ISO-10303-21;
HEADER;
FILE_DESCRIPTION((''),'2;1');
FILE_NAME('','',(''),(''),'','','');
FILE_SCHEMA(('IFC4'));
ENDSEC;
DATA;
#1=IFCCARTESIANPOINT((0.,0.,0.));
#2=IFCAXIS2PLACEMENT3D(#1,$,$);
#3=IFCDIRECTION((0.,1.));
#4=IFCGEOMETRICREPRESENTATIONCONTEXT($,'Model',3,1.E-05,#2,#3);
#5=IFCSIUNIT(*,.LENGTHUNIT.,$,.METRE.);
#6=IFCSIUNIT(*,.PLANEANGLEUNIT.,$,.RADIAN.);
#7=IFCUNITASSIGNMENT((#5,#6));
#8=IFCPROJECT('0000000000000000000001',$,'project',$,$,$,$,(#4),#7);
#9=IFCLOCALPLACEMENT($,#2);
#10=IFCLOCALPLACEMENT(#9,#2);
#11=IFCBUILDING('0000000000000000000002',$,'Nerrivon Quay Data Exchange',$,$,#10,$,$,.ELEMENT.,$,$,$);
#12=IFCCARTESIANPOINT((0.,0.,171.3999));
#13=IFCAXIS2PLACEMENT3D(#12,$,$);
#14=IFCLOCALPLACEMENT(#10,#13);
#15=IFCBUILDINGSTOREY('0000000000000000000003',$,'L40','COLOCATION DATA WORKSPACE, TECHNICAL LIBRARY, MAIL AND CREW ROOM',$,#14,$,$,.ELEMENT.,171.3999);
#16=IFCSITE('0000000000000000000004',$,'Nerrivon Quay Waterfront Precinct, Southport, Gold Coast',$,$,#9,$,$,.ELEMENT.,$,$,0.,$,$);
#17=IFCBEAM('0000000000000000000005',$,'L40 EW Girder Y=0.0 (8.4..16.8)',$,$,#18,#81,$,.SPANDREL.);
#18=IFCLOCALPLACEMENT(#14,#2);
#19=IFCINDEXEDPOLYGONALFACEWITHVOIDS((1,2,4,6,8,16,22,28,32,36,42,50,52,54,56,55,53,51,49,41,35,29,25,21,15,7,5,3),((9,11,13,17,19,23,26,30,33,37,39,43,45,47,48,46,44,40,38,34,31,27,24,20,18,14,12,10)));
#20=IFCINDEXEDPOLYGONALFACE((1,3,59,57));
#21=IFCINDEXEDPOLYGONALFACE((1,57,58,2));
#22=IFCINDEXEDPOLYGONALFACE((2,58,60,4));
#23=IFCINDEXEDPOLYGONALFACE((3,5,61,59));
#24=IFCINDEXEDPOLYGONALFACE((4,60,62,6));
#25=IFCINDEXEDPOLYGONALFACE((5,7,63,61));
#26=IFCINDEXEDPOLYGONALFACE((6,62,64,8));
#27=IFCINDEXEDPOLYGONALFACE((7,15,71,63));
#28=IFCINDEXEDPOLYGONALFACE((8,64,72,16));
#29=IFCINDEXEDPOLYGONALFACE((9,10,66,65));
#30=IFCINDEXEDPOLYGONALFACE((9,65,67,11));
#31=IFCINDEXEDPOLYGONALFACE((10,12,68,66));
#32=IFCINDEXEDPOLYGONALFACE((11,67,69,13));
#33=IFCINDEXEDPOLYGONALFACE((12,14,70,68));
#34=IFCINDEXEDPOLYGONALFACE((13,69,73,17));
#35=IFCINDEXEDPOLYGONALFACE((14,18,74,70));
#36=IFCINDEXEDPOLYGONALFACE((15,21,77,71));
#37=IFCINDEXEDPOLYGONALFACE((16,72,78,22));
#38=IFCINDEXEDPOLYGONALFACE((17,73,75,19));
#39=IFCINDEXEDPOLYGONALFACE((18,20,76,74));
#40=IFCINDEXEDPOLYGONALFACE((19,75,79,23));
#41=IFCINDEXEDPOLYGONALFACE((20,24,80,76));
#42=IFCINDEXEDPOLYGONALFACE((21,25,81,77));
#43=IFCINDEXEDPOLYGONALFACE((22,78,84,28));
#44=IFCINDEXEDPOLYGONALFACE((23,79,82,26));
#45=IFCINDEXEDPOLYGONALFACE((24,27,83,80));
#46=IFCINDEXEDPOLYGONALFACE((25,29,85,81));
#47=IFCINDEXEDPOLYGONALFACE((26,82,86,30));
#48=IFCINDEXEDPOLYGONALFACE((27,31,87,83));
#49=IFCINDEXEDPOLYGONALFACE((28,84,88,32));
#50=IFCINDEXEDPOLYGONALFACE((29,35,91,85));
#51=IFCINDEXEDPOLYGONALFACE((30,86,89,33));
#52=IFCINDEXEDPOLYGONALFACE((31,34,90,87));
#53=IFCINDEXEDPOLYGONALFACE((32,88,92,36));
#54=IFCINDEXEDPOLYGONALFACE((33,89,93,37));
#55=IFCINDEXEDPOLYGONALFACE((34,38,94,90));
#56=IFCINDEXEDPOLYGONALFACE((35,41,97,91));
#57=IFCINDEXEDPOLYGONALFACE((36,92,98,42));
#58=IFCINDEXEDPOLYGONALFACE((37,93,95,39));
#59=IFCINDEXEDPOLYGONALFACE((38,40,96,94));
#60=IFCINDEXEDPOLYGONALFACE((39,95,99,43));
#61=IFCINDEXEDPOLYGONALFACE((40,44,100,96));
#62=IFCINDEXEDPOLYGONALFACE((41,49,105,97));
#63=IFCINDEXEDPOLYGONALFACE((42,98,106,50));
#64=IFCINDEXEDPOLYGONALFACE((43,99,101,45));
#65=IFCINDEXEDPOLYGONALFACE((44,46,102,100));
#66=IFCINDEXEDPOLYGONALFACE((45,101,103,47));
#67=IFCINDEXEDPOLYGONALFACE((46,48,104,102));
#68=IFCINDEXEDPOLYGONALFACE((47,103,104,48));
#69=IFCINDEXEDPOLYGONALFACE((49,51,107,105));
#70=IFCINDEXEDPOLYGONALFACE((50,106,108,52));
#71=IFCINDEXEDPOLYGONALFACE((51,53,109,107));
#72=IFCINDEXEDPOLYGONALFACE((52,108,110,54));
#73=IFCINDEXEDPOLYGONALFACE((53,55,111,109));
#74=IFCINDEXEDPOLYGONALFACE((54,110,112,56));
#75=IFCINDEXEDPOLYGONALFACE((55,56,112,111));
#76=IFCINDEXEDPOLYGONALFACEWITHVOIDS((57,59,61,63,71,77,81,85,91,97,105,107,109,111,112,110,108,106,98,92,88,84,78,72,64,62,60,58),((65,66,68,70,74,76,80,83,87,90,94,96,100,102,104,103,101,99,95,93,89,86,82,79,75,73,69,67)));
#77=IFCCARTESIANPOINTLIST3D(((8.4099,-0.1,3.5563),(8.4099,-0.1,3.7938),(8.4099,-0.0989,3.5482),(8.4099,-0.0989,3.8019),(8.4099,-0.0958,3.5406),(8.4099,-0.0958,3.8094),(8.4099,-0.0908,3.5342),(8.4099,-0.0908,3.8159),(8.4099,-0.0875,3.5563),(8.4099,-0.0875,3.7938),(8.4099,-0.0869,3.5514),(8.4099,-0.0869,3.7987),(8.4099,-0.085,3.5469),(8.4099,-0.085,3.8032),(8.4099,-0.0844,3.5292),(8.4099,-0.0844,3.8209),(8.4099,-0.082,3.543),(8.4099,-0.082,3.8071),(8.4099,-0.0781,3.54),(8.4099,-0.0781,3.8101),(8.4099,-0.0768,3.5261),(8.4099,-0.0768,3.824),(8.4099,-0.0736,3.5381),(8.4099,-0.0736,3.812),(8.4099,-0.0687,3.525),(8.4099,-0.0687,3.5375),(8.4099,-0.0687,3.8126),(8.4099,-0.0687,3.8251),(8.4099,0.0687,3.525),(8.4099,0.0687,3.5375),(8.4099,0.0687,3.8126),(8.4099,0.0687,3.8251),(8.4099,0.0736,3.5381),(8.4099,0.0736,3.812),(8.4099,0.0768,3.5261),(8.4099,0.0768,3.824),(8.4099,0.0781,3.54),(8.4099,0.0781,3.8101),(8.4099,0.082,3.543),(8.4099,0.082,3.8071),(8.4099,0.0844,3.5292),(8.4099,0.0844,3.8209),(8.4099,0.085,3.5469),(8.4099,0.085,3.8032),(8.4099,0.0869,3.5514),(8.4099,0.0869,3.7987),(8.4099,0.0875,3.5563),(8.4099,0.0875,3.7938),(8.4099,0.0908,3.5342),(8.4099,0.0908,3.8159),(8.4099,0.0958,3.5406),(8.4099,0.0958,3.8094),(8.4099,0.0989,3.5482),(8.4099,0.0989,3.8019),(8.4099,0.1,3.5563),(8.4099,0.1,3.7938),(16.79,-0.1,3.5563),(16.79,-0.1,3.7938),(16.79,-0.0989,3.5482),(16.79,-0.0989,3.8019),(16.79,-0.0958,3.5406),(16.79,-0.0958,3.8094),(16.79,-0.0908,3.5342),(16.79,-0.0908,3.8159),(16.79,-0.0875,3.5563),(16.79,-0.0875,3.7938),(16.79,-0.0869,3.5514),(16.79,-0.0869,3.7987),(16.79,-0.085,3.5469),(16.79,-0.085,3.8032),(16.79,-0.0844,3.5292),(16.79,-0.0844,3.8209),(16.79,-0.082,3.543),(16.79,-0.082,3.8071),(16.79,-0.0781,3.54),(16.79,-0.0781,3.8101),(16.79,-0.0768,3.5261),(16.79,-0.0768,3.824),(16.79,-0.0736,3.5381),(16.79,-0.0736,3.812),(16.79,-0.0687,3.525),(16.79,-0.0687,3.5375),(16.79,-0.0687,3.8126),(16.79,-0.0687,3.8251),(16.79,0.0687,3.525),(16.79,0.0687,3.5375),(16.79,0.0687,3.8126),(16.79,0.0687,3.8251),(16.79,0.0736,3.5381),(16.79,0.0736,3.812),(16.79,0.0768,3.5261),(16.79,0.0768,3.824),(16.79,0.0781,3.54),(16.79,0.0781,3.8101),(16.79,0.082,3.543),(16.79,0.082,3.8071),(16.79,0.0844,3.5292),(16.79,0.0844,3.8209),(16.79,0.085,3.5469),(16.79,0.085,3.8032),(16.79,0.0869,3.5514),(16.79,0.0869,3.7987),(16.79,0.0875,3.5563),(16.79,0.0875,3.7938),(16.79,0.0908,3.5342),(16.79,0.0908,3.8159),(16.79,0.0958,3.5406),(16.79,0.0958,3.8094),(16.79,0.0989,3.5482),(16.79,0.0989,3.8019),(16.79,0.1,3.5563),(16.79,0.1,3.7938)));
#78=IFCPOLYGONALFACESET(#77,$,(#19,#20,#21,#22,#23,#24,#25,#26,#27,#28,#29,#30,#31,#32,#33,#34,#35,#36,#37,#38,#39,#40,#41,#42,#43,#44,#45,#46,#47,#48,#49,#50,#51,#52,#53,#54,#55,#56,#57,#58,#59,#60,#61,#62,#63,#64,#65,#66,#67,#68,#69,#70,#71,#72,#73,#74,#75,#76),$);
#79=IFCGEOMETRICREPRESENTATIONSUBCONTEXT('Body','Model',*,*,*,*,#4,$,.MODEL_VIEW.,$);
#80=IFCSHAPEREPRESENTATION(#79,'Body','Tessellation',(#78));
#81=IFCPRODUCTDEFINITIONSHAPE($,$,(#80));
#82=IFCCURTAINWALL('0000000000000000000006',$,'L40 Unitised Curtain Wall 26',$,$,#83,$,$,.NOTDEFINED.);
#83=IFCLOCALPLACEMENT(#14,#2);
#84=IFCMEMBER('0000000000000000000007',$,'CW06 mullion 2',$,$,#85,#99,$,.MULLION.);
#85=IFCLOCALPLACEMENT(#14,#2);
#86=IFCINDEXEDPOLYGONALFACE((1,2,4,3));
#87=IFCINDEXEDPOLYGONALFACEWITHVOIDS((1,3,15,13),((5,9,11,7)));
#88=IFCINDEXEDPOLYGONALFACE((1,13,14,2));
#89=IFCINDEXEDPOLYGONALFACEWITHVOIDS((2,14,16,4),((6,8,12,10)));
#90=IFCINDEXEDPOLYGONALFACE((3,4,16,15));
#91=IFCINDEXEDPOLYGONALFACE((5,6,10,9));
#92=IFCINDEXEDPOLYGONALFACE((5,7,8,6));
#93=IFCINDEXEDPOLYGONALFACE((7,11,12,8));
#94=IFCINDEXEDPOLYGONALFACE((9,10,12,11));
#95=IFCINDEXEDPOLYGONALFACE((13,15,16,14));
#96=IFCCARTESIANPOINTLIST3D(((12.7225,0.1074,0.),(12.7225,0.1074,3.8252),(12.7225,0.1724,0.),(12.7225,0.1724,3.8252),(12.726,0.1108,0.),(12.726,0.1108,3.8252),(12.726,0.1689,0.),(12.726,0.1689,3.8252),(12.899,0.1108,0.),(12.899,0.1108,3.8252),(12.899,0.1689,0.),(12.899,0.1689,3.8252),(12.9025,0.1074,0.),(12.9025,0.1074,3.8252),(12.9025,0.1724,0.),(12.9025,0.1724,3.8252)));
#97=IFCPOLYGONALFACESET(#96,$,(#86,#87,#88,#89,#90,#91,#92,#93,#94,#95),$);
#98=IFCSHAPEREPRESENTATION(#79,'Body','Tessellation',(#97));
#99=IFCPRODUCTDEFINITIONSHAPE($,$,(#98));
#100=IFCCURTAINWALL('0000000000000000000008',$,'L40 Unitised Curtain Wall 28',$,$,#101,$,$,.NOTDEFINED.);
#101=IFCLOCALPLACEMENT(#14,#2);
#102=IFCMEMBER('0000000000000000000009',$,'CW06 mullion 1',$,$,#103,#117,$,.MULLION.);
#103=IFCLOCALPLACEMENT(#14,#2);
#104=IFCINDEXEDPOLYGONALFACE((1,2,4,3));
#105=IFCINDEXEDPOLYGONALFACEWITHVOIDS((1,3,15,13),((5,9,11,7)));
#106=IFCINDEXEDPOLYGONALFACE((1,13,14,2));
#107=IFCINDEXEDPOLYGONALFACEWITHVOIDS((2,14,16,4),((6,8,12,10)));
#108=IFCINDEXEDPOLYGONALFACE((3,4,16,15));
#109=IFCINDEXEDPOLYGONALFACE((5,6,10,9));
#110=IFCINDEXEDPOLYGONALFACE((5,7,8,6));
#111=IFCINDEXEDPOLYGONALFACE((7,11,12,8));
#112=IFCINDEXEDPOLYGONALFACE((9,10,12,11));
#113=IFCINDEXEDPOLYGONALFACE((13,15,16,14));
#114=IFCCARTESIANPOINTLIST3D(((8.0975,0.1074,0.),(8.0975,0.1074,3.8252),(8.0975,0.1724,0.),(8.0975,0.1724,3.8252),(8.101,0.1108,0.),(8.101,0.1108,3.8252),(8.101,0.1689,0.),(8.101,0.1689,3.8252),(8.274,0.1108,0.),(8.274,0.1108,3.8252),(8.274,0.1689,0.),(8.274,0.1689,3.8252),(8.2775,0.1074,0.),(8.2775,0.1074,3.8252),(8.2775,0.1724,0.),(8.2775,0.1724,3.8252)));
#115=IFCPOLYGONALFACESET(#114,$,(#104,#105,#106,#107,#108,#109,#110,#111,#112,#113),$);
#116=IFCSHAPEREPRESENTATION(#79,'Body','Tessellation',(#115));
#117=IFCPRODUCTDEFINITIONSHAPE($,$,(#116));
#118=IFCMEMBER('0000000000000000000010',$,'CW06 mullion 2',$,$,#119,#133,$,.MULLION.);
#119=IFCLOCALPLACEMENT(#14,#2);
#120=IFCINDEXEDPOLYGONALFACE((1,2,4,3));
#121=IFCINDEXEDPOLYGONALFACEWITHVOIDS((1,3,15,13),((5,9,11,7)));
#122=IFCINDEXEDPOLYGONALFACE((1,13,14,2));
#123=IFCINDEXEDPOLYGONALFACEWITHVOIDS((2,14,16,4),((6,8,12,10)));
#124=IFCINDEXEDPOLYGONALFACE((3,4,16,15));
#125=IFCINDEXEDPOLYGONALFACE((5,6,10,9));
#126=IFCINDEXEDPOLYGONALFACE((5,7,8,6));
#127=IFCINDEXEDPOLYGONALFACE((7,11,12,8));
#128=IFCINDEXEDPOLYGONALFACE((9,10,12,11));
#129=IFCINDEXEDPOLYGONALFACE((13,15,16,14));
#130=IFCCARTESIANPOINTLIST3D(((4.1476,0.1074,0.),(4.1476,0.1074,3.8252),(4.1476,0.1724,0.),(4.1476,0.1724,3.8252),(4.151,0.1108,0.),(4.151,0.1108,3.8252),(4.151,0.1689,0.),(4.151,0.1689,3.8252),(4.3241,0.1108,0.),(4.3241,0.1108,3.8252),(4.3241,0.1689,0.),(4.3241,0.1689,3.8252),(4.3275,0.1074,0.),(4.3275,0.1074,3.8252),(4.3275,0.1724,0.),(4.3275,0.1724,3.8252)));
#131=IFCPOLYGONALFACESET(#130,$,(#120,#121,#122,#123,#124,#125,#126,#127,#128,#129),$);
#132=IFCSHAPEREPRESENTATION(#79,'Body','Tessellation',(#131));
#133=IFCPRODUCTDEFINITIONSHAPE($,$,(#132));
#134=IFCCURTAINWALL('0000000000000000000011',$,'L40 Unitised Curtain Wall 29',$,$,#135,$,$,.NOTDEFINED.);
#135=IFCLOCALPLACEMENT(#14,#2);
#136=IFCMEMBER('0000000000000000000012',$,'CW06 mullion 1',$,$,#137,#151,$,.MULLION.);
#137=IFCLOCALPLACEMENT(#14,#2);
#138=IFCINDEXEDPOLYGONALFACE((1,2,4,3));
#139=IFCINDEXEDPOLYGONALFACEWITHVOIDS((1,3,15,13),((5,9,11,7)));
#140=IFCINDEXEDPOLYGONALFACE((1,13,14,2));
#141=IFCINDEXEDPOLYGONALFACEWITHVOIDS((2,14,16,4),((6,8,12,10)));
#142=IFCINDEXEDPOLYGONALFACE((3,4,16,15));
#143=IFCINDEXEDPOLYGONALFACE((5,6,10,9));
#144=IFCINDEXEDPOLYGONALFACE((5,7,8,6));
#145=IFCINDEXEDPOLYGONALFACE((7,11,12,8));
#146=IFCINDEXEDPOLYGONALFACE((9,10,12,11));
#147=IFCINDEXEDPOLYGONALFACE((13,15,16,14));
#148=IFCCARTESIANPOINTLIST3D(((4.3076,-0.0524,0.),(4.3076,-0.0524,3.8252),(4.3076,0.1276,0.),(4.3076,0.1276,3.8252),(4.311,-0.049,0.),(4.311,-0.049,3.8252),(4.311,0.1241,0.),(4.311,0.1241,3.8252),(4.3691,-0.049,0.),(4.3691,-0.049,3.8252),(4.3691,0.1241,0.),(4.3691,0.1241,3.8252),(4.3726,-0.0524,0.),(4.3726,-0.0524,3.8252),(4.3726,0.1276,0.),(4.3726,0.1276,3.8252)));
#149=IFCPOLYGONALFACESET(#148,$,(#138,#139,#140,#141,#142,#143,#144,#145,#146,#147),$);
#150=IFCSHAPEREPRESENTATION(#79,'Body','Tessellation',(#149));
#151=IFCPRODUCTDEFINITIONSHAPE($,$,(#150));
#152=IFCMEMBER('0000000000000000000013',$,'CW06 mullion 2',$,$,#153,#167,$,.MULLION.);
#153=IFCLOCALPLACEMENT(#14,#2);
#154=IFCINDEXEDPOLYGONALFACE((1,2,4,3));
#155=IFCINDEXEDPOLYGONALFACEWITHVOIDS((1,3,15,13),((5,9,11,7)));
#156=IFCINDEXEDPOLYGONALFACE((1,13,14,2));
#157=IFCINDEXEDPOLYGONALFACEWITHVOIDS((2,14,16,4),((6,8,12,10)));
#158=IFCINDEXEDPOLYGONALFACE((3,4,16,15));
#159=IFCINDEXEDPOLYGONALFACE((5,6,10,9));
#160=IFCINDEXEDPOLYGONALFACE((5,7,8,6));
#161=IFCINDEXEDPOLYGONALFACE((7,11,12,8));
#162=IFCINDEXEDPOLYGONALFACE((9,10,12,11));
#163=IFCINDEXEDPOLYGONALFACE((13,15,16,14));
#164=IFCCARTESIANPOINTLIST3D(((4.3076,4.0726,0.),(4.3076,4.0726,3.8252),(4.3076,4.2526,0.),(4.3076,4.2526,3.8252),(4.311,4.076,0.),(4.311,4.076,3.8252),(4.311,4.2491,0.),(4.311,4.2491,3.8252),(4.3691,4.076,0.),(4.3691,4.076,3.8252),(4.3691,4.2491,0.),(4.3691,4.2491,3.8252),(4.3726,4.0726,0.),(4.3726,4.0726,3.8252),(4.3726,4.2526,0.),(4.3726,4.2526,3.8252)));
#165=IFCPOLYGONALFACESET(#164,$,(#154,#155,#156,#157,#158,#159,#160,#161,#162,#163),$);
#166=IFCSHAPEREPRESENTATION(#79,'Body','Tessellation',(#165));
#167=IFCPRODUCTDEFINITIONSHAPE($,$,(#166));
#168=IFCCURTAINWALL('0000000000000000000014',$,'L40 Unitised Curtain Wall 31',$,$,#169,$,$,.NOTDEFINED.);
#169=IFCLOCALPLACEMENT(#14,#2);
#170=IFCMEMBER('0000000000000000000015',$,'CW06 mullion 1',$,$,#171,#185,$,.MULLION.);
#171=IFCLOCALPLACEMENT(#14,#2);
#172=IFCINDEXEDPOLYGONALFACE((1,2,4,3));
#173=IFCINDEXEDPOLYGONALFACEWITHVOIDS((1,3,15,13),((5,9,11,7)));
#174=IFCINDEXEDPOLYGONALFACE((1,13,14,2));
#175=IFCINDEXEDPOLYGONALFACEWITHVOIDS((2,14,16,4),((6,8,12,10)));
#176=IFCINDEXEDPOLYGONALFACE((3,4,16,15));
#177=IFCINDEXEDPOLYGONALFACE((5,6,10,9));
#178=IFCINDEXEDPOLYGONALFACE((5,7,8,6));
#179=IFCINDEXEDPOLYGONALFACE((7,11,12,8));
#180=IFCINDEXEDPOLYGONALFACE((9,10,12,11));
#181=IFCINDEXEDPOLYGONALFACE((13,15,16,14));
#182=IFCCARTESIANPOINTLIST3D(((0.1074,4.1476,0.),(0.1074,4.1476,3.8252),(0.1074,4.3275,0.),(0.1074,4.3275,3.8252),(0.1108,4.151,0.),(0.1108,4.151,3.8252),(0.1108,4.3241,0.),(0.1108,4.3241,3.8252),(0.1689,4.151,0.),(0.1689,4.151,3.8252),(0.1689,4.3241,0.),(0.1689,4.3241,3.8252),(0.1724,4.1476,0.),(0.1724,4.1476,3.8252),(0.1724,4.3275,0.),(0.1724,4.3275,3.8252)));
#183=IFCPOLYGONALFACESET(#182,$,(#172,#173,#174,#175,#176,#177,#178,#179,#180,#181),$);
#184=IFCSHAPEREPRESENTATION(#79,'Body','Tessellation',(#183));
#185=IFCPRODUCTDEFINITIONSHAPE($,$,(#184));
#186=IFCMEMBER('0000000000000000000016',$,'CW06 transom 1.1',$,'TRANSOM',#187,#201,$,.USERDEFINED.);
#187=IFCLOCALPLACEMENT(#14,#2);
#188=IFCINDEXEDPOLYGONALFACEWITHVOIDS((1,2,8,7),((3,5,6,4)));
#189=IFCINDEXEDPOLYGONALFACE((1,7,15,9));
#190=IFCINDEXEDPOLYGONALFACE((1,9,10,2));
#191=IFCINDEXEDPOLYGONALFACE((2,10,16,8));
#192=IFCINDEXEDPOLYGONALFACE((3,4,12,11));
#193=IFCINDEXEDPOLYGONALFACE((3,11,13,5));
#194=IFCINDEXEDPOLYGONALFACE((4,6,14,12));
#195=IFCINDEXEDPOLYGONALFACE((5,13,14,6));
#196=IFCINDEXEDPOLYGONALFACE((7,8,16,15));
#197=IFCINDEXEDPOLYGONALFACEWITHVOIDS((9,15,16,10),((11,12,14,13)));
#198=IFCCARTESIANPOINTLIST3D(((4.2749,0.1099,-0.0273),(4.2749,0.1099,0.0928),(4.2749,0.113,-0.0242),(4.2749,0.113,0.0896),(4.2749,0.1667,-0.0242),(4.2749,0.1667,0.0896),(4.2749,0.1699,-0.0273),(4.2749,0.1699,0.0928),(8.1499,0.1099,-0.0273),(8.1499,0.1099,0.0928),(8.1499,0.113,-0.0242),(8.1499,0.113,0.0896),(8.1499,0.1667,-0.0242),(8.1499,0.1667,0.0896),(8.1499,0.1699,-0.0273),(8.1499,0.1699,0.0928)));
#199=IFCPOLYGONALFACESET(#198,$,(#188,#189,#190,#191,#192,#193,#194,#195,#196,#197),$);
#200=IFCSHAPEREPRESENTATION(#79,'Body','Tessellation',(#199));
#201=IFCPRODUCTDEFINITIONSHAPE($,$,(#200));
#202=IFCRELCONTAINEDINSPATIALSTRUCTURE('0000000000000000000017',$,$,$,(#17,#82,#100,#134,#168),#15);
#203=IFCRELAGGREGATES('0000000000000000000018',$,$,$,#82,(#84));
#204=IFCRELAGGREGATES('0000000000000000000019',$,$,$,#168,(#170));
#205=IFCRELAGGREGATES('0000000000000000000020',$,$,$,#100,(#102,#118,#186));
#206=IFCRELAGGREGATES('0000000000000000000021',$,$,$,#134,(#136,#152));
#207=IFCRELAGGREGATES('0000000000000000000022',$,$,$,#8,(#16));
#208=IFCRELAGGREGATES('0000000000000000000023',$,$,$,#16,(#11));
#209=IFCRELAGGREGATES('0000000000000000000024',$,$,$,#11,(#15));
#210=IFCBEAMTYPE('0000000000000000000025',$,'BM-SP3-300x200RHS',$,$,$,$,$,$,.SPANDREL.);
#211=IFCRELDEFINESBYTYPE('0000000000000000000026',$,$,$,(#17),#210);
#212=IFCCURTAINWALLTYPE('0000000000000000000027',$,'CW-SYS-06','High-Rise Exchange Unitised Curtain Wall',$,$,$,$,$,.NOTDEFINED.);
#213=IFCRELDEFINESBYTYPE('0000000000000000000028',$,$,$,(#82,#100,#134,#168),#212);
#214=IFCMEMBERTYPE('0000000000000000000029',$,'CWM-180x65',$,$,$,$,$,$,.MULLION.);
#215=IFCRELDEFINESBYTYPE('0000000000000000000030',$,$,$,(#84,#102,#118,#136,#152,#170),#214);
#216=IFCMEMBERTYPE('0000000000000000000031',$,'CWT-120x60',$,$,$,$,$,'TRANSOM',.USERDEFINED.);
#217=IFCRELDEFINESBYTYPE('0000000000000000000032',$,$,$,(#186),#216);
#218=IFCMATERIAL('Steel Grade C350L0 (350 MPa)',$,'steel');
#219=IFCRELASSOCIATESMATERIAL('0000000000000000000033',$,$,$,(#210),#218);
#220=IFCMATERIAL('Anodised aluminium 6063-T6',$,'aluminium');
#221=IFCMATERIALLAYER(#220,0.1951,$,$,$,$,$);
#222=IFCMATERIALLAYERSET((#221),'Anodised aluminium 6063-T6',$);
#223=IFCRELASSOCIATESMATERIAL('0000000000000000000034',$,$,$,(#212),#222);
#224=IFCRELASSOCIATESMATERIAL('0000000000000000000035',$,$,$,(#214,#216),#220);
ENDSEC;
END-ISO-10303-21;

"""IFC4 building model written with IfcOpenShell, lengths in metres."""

from ifc_helpers import new_model, si_unit, direction, frame, origin, origin_2d, place, context, subcontext, project, spatial, hollow_rectangle, extrude, material, layer, layer_set, material_profile, profile_set, type_object, element, aggregate, save


model = new_model("IFC4")

# Units and contexts
model_context = context("Model", 3, precision=1e-05, world=origin(), true_north=direction((0.0, 1.0)))
body_context = subcontext(model_context, "Body", "Model", "MODEL_VIEW")
ifc_project = project(units=[si_unit("LENGTHUNIT", "METRE"), si_unit("PLANEANGLEUNIT", "RADIAN")], contexts=[model_context])

# Site, building, storey
site_placement = place(None, origin())
site = spatial("IfcSite", under=ifc_project, at=site_placement, Name="Nerrivon Quay Waterfront Precinct, Southport, Gold Coast", CompositionType="ELEMENT", RefElevation=0.0)
building_placement = place(site_placement, origin())
building = spatial("IfcBuilding", under=site, at=building_placement, Name="Nerrivon Quay Data Exchange", CompositionType="ELEMENT")
storey_placement = place(building_placement, frame((0.0, 0.0, 171.3999)))
storey = spatial("IfcBuildingStorey", under=building, at=storey_placement, Name="L40", Description="COLOCATION DATA WORKSPACE, TECHNICAL LIBRARY, MAIL AND CREW ROOM", CompositionType="ELEMENT", Elevation=171.3999)

# Beam
ifc_material_1 = material(Name="Steel Grade C350L0 (350 MPa)", Category="steel")
ifc_material_profile_1 = material_profile(ifc_material_1, hollow_rectangle(XDim=0.2, YDim=0.3, WallThickness=0.0125, InnerFilletRadius=0.0188, OuterFilletRadius=0.0312, at=origin_2d()), Name="300x200x12.5RHS")
ifc_profile_set_1 = profile_set([ifc_material_profile_1], Name="Steel Grade C350L0 (350 MPa)")
beam_type_1 = type_object("IfcBeamType", Name="BM-SP3-300x200RHS", PredefinedType="SPANDREL", material=ifc_profile_set_1)
beam_1_placement = place(storey_placement, frame((8.4099, 0.0, 3.675), z_axis=(1.0, 0.0, 0.0), x_axis=(0.0, 1.0, 0.0)))
element("IfcBeam", 1, at=beam_1_placement, inside=storey, type_object=beam_type_1, Name="L40 EW Girder Y=0.0 (8.4..16.8)", PredefinedType="SPANDREL", context=body_context, shape_type="SweptSolid", body=[
    extrude(hollow_rectangle(XDim=0.2, YDim=0.3, WallThickness=0.0125, InnerFilletRadius=0.0188, OuterFilletRadius=0.0312, at=origin_2d()), origin(), (0.0, 0.0, 1.0), 8.3801),
])

# Curtain wall, member
ifc_material_2 = material(Name="Anodised aluminium 6063-T6", Category="aluminium")
ifc_layer_1 = layer(ifc_material_2, 0.1951)
ifc_layer_set_1 = layer_set([ifc_layer_1], Name="Anodised aluminium 6063-T6")
curtain_wall_type = type_object("IfcCurtainWallType", Name="CW-SYS-06", Description="High-Rise Exchange Unitised Curtain Wall", PredefinedType="NOTDEFINED", material=ifc_layer_set_1)
curtain_wall_1_placement = place(storey_placement, origin())
curtain_wall_1 = element("IfcCurtainWall", 2, at=curtain_wall_1_placement, inside=storey, type_object=curtain_wall_type, Name="L40 Unitised Curtain Wall 26", PredefinedType="NOTDEFINED")
ifc_material_profile_2 = material_profile(ifc_material_2, hollow_rectangle(XDim=0.0649, YDim=0.1799, WallThickness=0.0034, at=origin_2d()), Name="ALU-MULL-180x65")
ifc_profile_set_2 = profile_set([ifc_material_profile_2], Name="Anodised aluminium 6063-T6")
member_type_1 = type_object("IfcMemberType", Name="CWM-180x65", PredefinedType="MULLION", material=ifc_profile_set_2)
member_1_placement = place(storey_placement, frame((12.8125, 0.1399, 0.0), z_axis=(0.0, 0.0, 1.0), x_axis=(0.0, -1.0, 0.0)))
member_1 = element("IfcMember", 3, at=member_1_placement, type_object=member_type_1, Name="CW06 mullion 2", PredefinedType="MULLION", context=body_context, shape_type="SweptSolid", body=[
    extrude(hollow_rectangle(XDim=0.0649, YDim=0.1799, WallThickness=0.0034, at=origin_2d()), origin(), (0.0, 0.0, 1.0), 3.8252),
])
aggregate(curtain_wall_1, [member_1])

# Curtain walls, members
curtain_wall_2_placement = place(storey_placement, origin())
curtain_wall_2 = element("IfcCurtainWall", 4, at=curtain_wall_2_placement, inside=storey, type_object=curtain_wall_type, Name="L40 Unitised Curtain Wall 28", PredefinedType="NOTDEFINED")
member_2_placement = place(storey_placement, frame((8.1875, 0.1399, 0.0), z_axis=(0.0, 0.0, 1.0), x_axis=(0.0, -1.0, 0.0)))
member_2 = element("IfcMember", 5, at=member_2_placement, type_object=member_type_1, Name="CW06 mullion 1", PredefinedType="MULLION", context=body_context, shape_type="SweptSolid", body=[
    extrude(hollow_rectangle(XDim=0.0649, YDim=0.1799, WallThickness=0.0034, at=origin_2d()), origin(), (0.0, 0.0, 1.0), 3.8252),
])
member_3_placement = place(storey_placement, frame((4.2375, 0.1399, 0.0), z_axis=(0.0, 0.0, 1.0), x_axis=(0.0, -1.0, 0.0)))
member_3 = element("IfcMember", 6, at=member_3_placement, type_object=member_type_1, Name="CW06 mullion 2", PredefinedType="MULLION", context=body_context, shape_type="SweptSolid", body=[
    extrude(hollow_rectangle(XDim=0.0649, YDim=0.1799, WallThickness=0.0034, at=origin_2d()), origin(), (0.0, 0.0, 1.0), 3.8252),
])
curtain_wall_3_placement = place(storey_placement, origin())
curtain_wall_3 = element("IfcCurtainWall", 7, at=curtain_wall_3_placement, inside=storey, type_object=curtain_wall_type, Name="L40 Unitised Curtain Wall 29", PredefinedType="NOTDEFINED")
member_4_placement = place(storey_placement, frame((4.3401, 0.0376, 0.0), z_axis=(0.0, 0.0, 1.0), x_axis=(-1.0, 0.0, 0.0)))
member_4 = element("IfcMember", 8, at=member_4_placement, type_object=member_type_1, Name="CW06 mullion 1", PredefinedType="MULLION", context=body_context, shape_type="SweptSolid", body=[
    extrude(hollow_rectangle(XDim=0.0649, YDim=0.1799, WallThickness=0.0034, at=origin_2d()), origin(), (0.0, 0.0, 1.0), 3.8252),
])
member_5_placement = place(storey_placement, frame((4.3401, 4.1626, 0.0), z_axis=(0.0, 0.0, 1.0), x_axis=(-1.0, 0.0, 0.0)))
member_5 = element("IfcMember", 9, at=member_5_placement, type_object=member_type_1, Name="CW06 mullion 2", PredefinedType="MULLION", context=body_context, shape_type="SweptSolid", body=[
    extrude(hollow_rectangle(XDim=0.0649, YDim=0.1799, WallThickness=0.0034, at=origin_2d()), origin(), (0.0, 0.0, 1.0), 3.8252),
])

# Curtain wall, member
curtain_wall_4_placement = place(storey_placement, origin())
curtain_wall_4 = element("IfcCurtainWall", 10, at=curtain_wall_4_placement, inside=storey, type_object=curtain_wall_type, Name="L40 Unitised Curtain Wall 31", PredefinedType="NOTDEFINED")
member_6_placement = place(storey_placement, frame((0.1399, 4.2375, 0.0), z_axis=(0.0, 0.0, 1.0), x_axis=(-1.0, 0.0, 0.0)))
member_6 = element("IfcMember", 11, at=member_6_placement, type_object=member_type_1, Name="CW06 mullion 1", PredefinedType="MULLION", context=body_context, shape_type="SweptSolid", body=[
    extrude(hollow_rectangle(XDim=0.0649, YDim=0.1799, WallThickness=0.0034, at=origin_2d()), origin(), (0.0, 0.0, 1.0), 3.8252),
])

# Member
ifc_material_profile_3 = material_profile(ifc_material_2, hollow_rectangle(XDim=0.0601, YDim=0.1201, WallThickness=0.0032, at=origin_2d()), Name="ALU-TRAN-120x60")
ifc_profile_set_3 = profile_set([ifc_material_profile_3], Name="Anodised aluminium 6063-T6")
member_type_2 = type_object("IfcMemberType", Name="CWT-120x60", ElementType="TRANSOM", PredefinedType="USERDEFINED", material=ifc_profile_set_3)
member_7_placement = place(storey_placement, frame((8.1499, 0.1399, 0.0327), z_axis=(-1.0, 0.0, 0.0), x_axis=(0.0, -1.0, 0.0)))
member_7 = element("IfcMember", 12, at=member_7_placement, type_object=member_type_2, Name="CW06 transom 1.1", ObjectType="TRANSOM", PredefinedType="USERDEFINED", context=body_context, shape_type="SweptSolid", body=[
    extrude(hollow_rectangle(XDim=0.0601, YDim=0.1201, WallThickness=0.0032, at=origin_2d()), origin(), (0.0, 0.0, 1.0), 3.875),
])
aggregate(curtain_wall_4, [member_6])

aggregate(curtain_wall_2, [member_2, member_3, member_7])
aggregate(curtain_wall_3, [member_4, member_5])

save(model, "model.ifc")
